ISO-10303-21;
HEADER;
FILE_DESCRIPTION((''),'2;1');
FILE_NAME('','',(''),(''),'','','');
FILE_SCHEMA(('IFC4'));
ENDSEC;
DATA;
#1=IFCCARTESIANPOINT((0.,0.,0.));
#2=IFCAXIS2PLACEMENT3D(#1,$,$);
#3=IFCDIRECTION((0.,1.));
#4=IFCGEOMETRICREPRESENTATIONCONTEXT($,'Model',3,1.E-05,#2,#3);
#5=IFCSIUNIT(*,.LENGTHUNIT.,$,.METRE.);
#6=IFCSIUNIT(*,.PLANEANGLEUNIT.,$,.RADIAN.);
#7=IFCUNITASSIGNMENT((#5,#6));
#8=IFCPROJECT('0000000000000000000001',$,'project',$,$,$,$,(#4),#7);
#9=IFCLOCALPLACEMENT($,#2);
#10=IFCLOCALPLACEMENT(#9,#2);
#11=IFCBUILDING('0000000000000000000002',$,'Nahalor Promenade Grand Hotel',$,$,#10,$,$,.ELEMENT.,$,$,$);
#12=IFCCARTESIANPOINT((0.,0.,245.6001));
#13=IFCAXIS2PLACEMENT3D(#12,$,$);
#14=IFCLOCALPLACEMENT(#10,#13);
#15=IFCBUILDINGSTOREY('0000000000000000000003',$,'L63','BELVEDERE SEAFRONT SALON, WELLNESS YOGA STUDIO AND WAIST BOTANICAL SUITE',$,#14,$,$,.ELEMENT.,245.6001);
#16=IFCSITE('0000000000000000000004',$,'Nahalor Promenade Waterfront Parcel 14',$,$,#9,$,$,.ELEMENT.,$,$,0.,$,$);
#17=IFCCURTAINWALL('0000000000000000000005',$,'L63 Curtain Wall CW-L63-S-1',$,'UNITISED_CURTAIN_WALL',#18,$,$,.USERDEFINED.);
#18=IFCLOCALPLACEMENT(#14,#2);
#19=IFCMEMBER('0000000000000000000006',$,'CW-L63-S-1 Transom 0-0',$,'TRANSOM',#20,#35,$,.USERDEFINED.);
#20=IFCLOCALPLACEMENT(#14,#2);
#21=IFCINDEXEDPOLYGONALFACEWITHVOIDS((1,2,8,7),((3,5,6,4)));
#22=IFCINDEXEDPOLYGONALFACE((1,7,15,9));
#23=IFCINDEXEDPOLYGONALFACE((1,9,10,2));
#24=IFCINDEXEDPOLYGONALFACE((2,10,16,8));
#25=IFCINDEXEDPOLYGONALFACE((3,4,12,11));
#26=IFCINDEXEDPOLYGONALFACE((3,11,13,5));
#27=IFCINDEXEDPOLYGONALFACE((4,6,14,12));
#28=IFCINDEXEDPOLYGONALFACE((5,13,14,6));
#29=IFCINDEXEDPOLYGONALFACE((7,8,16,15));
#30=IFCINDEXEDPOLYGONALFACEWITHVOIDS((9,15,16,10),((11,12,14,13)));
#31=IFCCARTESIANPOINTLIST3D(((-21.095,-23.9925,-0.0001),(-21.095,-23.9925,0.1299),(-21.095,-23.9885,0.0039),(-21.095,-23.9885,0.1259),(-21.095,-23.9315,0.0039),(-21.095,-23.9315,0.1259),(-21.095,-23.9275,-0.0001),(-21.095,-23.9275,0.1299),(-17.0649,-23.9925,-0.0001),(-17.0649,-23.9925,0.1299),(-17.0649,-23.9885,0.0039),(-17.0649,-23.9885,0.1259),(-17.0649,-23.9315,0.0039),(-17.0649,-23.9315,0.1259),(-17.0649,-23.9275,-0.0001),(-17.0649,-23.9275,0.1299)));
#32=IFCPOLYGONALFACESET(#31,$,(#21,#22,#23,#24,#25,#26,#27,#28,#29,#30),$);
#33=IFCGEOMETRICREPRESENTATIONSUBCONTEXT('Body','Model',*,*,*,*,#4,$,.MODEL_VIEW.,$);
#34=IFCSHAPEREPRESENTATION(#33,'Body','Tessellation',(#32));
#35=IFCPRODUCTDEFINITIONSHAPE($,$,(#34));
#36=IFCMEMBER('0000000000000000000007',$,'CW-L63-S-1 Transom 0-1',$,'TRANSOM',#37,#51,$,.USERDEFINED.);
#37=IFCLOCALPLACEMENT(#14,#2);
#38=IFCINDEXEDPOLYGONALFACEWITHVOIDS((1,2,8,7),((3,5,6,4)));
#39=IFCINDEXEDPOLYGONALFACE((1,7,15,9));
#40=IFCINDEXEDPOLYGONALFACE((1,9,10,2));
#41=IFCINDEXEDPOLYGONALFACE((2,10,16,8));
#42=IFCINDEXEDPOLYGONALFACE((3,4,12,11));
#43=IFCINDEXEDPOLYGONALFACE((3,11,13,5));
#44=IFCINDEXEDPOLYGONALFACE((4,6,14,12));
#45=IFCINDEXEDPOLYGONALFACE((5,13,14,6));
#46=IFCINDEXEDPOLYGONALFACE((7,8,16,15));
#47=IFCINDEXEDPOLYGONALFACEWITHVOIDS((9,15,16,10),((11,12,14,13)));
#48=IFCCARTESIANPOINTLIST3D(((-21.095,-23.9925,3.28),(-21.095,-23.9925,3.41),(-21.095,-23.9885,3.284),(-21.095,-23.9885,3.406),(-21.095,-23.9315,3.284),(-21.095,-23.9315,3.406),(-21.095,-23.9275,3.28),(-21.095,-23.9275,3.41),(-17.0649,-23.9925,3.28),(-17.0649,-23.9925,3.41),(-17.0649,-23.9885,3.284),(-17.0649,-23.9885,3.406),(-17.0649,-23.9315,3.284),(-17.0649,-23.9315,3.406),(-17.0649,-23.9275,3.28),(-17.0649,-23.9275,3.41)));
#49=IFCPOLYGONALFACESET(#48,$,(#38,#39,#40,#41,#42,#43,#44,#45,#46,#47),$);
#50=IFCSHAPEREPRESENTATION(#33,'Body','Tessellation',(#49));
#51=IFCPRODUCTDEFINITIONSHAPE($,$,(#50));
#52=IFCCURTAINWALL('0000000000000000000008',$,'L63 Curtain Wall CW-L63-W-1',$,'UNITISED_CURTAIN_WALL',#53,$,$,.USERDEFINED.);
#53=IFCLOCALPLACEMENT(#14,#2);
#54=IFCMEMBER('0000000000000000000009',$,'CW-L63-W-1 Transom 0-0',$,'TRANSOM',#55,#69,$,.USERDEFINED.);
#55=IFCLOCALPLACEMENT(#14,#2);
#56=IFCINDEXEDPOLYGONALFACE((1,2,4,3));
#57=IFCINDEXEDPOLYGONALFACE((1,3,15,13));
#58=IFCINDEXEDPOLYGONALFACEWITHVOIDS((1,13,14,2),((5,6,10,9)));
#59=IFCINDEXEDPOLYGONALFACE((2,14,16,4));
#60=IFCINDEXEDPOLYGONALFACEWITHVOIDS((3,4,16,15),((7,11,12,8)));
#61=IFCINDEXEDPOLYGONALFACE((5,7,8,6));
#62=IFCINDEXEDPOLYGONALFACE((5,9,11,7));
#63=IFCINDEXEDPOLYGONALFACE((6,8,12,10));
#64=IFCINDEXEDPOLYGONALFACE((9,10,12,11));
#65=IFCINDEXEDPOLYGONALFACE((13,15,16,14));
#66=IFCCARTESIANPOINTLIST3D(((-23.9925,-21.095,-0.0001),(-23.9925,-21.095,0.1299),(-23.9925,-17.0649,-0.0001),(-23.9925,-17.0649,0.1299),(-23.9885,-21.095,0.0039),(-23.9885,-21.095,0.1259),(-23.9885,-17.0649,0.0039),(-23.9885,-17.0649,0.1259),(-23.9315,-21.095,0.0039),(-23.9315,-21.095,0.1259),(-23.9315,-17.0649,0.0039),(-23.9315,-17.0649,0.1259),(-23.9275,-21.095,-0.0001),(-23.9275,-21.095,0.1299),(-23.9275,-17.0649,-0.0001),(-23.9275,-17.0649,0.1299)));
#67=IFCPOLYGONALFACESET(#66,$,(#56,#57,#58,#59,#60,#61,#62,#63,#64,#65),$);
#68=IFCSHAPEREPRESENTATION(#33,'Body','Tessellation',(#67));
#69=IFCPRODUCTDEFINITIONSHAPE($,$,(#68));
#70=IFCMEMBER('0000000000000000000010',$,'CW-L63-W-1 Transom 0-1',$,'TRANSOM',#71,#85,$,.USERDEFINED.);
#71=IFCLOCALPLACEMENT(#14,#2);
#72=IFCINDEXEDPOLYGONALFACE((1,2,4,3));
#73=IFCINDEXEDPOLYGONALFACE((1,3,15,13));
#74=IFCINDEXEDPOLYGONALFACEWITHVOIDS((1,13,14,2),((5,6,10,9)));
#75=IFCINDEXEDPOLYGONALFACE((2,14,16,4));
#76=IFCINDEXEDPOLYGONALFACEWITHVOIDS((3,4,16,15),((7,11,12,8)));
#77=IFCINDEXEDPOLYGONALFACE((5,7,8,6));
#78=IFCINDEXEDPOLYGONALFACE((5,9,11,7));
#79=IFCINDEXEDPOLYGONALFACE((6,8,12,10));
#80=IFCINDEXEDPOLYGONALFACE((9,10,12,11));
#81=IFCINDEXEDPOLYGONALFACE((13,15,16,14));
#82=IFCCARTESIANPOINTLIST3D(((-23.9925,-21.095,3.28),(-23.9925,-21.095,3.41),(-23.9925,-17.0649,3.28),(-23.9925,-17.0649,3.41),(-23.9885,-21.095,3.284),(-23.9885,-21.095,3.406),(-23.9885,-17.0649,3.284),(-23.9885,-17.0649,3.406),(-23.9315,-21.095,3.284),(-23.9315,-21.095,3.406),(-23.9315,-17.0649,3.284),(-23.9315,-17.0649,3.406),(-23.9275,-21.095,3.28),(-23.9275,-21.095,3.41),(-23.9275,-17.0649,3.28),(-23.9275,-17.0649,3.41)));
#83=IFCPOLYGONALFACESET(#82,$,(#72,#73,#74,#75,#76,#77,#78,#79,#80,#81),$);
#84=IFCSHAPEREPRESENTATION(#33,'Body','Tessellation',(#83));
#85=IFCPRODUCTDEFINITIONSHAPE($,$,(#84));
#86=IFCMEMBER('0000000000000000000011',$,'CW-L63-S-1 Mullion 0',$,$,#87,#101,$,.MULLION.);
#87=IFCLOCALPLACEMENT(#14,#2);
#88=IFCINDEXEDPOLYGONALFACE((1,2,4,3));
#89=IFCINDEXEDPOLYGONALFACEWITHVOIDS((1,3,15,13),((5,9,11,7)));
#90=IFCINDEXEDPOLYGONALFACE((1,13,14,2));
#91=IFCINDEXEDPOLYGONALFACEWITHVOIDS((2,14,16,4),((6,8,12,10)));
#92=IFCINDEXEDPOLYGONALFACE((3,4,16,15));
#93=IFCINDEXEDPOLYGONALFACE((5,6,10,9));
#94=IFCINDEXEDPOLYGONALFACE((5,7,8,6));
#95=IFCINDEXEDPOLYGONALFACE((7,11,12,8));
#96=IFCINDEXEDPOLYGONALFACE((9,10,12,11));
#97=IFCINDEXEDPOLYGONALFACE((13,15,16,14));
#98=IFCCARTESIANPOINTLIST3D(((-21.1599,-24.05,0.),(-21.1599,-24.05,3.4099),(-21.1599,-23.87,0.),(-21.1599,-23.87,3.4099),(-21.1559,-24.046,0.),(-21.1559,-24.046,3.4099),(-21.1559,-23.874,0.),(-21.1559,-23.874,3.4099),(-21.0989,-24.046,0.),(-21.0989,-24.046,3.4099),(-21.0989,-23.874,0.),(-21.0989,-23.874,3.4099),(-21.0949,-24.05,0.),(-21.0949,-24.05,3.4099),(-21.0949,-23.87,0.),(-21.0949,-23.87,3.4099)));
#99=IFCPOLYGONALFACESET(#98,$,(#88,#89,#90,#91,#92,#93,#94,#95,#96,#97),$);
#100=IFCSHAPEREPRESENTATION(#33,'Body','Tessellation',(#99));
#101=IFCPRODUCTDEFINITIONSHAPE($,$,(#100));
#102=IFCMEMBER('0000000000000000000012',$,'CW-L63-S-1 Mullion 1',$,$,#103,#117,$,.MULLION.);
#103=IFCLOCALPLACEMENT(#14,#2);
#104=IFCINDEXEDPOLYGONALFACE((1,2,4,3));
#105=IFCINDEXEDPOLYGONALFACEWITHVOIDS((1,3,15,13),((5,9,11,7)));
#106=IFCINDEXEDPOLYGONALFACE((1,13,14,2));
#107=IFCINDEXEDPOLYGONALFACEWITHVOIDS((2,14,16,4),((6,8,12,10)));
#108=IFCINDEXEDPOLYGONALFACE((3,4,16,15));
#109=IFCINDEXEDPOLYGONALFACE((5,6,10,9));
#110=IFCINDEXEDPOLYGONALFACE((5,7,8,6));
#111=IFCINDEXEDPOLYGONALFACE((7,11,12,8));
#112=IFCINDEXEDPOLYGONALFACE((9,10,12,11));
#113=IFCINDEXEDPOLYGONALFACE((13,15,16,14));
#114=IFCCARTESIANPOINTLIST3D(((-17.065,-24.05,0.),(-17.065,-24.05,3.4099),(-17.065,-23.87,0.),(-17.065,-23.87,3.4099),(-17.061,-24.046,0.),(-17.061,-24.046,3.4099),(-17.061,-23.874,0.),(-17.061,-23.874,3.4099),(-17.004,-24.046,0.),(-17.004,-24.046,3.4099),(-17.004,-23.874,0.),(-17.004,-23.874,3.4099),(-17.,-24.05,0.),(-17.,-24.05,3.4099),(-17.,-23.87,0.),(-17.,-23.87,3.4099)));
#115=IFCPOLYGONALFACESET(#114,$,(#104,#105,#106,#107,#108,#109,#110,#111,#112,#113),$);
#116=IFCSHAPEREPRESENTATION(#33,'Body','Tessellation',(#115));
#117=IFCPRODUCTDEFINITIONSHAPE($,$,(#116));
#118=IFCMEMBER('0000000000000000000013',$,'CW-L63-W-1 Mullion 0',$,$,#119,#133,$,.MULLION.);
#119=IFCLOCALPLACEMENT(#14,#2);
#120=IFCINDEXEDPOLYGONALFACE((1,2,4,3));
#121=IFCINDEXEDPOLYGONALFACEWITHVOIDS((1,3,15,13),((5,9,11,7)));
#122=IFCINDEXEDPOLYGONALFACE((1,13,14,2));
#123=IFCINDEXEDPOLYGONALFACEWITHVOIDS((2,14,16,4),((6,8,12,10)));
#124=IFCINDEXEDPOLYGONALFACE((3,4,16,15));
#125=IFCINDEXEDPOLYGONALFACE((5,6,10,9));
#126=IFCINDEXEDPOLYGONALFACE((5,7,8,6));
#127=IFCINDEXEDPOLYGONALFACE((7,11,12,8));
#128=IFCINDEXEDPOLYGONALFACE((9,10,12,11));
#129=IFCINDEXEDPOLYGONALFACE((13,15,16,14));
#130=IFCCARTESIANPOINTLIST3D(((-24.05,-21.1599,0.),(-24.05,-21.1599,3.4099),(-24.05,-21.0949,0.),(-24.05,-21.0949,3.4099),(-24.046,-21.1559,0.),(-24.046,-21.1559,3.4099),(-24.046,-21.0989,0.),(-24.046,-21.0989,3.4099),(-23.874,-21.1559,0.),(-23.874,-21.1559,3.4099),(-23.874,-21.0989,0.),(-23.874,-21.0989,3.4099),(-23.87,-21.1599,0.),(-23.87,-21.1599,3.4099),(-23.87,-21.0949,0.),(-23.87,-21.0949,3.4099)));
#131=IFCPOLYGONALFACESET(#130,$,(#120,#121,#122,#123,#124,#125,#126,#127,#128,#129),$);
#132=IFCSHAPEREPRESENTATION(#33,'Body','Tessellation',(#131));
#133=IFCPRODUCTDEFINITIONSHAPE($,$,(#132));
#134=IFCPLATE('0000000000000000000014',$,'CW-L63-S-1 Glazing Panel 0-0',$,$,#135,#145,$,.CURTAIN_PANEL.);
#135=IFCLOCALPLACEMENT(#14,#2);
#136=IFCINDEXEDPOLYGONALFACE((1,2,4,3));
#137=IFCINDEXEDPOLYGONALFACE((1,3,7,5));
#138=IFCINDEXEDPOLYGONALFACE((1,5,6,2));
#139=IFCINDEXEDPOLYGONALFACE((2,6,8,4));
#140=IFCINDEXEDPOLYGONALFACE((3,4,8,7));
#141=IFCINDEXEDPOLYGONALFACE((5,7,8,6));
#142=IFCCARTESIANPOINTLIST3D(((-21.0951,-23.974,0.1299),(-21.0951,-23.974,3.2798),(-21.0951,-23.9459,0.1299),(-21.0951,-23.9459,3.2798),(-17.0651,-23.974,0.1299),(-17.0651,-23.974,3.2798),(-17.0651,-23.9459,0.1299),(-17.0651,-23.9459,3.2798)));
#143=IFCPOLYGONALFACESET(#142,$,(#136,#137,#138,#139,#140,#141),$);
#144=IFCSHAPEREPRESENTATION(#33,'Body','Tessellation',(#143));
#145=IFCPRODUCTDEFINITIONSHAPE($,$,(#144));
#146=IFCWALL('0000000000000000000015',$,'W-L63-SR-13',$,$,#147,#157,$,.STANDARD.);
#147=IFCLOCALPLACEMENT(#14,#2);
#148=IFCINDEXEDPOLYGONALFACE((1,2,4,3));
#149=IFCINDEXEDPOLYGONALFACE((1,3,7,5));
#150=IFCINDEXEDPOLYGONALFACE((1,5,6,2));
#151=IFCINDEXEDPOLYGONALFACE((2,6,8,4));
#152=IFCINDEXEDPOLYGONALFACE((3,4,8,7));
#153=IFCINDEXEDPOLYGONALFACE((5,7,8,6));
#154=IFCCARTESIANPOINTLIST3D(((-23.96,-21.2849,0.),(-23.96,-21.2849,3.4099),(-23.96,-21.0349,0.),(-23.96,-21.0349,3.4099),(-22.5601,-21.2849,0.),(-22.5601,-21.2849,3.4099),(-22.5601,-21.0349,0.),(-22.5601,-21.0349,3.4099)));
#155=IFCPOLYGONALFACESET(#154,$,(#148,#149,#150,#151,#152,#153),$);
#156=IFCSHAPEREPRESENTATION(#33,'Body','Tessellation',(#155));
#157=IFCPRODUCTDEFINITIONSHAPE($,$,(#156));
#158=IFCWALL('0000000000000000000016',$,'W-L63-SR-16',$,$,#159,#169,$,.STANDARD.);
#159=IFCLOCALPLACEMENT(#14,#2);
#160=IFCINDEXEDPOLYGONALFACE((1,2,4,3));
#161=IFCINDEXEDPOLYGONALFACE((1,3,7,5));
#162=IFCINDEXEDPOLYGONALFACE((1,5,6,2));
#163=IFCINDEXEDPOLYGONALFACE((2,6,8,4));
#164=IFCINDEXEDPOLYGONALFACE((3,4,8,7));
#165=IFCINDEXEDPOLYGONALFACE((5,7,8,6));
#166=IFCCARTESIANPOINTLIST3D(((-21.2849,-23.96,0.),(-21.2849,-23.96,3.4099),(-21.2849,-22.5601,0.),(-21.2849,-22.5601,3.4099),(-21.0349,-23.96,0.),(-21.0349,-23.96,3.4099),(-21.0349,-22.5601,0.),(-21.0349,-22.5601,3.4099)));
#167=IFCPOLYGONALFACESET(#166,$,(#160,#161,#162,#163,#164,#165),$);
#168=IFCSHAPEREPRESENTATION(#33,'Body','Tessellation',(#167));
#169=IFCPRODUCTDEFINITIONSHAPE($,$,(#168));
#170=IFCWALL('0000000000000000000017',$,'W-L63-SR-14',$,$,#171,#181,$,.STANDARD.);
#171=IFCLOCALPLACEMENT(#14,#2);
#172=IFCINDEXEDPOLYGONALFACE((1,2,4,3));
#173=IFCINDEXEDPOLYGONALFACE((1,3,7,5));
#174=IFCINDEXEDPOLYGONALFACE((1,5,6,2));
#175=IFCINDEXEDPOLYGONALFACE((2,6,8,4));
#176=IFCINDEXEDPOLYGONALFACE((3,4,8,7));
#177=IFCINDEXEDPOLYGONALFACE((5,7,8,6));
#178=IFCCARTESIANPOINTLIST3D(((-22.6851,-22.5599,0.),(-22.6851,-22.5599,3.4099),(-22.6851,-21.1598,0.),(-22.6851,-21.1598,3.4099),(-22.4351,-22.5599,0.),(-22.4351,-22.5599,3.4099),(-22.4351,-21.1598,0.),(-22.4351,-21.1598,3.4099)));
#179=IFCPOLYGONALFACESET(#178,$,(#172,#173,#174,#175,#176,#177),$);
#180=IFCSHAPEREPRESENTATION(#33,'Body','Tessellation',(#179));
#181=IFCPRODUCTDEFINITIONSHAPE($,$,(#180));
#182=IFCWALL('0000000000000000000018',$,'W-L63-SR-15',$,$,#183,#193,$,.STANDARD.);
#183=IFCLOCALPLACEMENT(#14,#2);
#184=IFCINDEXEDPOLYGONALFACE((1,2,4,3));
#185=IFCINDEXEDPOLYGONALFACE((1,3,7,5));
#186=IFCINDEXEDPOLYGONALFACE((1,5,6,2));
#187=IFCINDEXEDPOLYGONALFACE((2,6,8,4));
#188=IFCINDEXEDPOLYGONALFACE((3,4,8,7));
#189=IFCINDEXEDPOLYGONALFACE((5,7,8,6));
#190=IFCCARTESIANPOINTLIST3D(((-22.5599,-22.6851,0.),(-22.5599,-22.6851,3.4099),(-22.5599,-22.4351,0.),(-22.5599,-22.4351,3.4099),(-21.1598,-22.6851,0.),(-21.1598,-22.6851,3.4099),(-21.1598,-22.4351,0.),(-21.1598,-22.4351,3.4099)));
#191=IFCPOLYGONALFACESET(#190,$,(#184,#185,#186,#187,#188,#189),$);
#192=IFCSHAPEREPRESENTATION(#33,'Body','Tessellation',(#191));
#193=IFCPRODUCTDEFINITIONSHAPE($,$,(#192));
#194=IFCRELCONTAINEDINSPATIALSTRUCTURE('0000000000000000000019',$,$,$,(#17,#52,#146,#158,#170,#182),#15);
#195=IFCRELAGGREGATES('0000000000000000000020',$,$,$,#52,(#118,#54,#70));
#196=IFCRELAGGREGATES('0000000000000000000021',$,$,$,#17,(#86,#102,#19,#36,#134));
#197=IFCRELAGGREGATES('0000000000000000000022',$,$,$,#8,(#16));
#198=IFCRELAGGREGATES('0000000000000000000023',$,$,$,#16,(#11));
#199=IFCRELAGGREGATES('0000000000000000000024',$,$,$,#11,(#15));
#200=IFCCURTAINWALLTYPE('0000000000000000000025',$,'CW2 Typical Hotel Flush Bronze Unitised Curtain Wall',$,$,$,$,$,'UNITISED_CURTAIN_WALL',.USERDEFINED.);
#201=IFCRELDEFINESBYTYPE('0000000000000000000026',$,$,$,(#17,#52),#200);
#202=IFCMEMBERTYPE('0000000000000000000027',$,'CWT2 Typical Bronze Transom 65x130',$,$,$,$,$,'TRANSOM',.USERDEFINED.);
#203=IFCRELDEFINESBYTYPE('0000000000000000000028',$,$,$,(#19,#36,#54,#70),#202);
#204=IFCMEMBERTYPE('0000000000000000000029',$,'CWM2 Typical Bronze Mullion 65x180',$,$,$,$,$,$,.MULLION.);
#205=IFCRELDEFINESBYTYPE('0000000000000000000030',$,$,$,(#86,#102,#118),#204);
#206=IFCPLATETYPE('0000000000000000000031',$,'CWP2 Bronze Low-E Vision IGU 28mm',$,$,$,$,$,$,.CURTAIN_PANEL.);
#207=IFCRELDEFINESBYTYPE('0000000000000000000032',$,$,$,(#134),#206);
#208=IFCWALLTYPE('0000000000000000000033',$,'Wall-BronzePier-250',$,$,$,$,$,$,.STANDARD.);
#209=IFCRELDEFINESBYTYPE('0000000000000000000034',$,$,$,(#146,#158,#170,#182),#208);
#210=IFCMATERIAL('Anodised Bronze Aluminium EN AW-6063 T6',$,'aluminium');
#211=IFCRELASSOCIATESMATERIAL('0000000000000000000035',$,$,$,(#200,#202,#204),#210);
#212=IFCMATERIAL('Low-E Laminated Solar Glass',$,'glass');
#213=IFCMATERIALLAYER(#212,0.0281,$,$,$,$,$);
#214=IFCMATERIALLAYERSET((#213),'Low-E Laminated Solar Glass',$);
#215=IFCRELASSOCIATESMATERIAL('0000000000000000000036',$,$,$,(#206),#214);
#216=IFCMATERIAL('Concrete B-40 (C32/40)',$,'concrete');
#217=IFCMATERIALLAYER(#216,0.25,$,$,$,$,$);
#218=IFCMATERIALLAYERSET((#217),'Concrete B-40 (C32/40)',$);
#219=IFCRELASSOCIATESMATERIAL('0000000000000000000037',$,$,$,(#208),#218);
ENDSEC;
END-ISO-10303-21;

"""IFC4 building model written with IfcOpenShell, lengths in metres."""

from ifc_helpers import new_model, si_unit, direction, frame, frame_2d, origin, origin_2d, place, context, subcontext, project, spatial, rectangle, hollow_rectangle, extrude, source, transform, mapped, material, layer, layer_set, material_profile, profile_set, type_object, element, aggregate, save


model = new_model("IFC4")

# Units and contexts
model_context = context("Model", 3, precision=1e-05, world=origin(), true_north=direction((0.0, 1.0)))
body_context = subcontext(model_context, "Body", "Model", "MODEL_VIEW")
ifc_project = project(units=[si_unit("LENGTHUNIT", "METRE"), si_unit("PLANEANGLEUNIT", "RADIAN")], contexts=[model_context])

# Site, building, storey
site_placement = place(None, origin())
site = spatial("IfcSite", under=ifc_project, at=site_placement, Name="Nahalor Promenade Waterfront Parcel 14", CompositionType="ELEMENT", RefElevation=0.0)
building_placement = place(site_placement, origin())
building = spatial("IfcBuilding", under=site, at=building_placement, Name="Nahalor Promenade Grand Hotel", CompositionType="ELEMENT")
storey_placement = place(building_placement, frame((0.0, 0.0, 245.6001)))
storey = spatial("IfcBuildingStorey", under=building, at=storey_placement, Name="L63", Description="BELVEDERE SEAFRONT SALON, WELLNESS YOGA STUDIO AND WAIST BOTANICAL SUITE", CompositionType="ELEMENT", Elevation=245.6001)

# Curtain walls, members
ifc_material_1 = material(Name="Anodised Bronze Aluminium EN AW-6063 T6", Category="aluminium")
curtain_wall_type = type_object("IfcCurtainWallType", Name="CW2 Typical Hotel Flush Bronze Unitised Curtain Wall", ElementType="UNITISED_CURTAIN_WALL", PredefinedType="USERDEFINED", material=ifc_material_1)
curtain_wall_1_placement = place(storey_placement, origin())
curtain_wall_1 = element("IfcCurtainWall", 1, at=curtain_wall_1_placement, inside=storey, type_object=curtain_wall_type, Name="L63 Curtain Wall CW-L63-S-1", ObjectType="UNITISED_CURTAIN_WALL", PredefinedType="USERDEFINED")
ifc_material_profile_1 = material_profile(ifc_material_1, hollow_rectangle(XDim=0.065, YDim=0.13, WallThickness=0.004, at=origin_2d()), Name="CWT 65x130x4")
ifc_profile_set_1 = profile_set([ifc_material_profile_1], Name="Anodised Bronze Aluminium EN AW-6063 T6")
member_type_1 = type_object("IfcMemberType", Name="CWT2 Typical Bronze Transom 65x130", ElementType="TRANSOM", PredefinedType="USERDEFINED", material=ifc_profile_set_1)
shared_shape_1 = source(origin(), body_context, "Body", "SweptSolid", [
    extrude(hollow_rectangle(XDim=0.065, YDim=0.13, WallThickness=0.004, at=origin_2d()), origin(), (0.0, 0.0, 1.0), 4.03),
])
member_1_placement = place(storey_placement, frame((-21.095, -23.96, 0.0649), z_axis=(1.0, 0.0, 0.0), x_axis=(0.0, 1.0, 0.0)))
member_1 = element("IfcMember", 2, at=member_1_placement, type_object=member_type_1, Name="CW-L63-S-1 Transom 0-0", ObjectType="TRANSOM", PredefinedType="USERDEFINED", context=body_context, shape_type="MappedRepresentation", body=[
    mapped(shared_shape_1, transform((0.0, 0.0, 0.0), scale=1.0)),
])
member_2_placement = place(storey_placement, frame((-21.095, -23.96, 3.345), z_axis=(1.0, 0.0, 0.0), x_axis=(0.0, 1.0, 0.0)))
member_2 = element("IfcMember", 3, at=member_2_placement, type_object=member_type_1, Name="CW-L63-S-1 Transom 0-1", ObjectType="TRANSOM", PredefinedType="USERDEFINED", context=body_context, shape_type="MappedRepresentation", body=[
    mapped(shared_shape_1, transform((0.0, 0.0, 0.0), scale=1.0)),
])
curtain_wall_2_placement = place(storey_placement, origin())
curtain_wall_2 = element("IfcCurtainWall", 4, at=curtain_wall_2_placement, inside=storey, type_object=curtain_wall_type, Name="L63 Curtain Wall CW-L63-W-1", ObjectType="UNITISED_CURTAIN_WALL", PredefinedType="USERDEFINED")
member_3_placement = place(storey_placement, frame((-23.96, -21.095, 0.0649), z_axis=(0.0, 1.0, 0.0), x_axis=(-1.0, 0.0, 0.0)))
member_3 = element("IfcMember", 5, at=member_3_placement, type_object=member_type_1, Name="CW-L63-W-1 Transom 0-0", ObjectType="TRANSOM", PredefinedType="USERDEFINED", context=body_context, shape_type="MappedRepresentation", body=[
    mapped(shared_shape_1, transform((0.0, 0.0, 0.0), scale=1.0)),
])
member_4_placement = place(storey_placement, frame((-23.96, -21.095, 3.345), z_axis=(0.0, 1.0, 0.0), x_axis=(-1.0, 0.0, 0.0)))
member_4 = element("IfcMember", 6, at=member_4_placement, type_object=member_type_1, Name="CW-L63-W-1 Transom 0-1", ObjectType="TRANSOM", PredefinedType="USERDEFINED", context=body_context, shape_type="MappedRepresentation", body=[
    mapped(shared_shape_1, transform((0.0, 0.0, 0.0), scale=1.0)),
])

# Members
ifc_material_profile_2 = material_profile(ifc_material_1, hollow_rectangle(XDim=0.065, YDim=0.18, WallThickness=0.004, at=origin_2d()), Name="CWM 65x180x4")
ifc_profile_set_2 = profile_set([ifc_material_profile_2], Name="Anodised Bronze Aluminium EN AW-6063 T6")
member_type_2 = type_object("IfcMemberType", Name="CWM2 Typical Bronze Mullion 65x180", PredefinedType="MULLION", material=ifc_profile_set_2)
shared_shape_2 = source(origin(), body_context, "Body", "SweptSolid", [
    extrude(hollow_rectangle(XDim=0.065, YDim=0.18, WallThickness=0.004, at=origin_2d()), origin(), (0.0, 0.0, 1.0), 3.4099),
])
member_5_placement = place(storey_placement, frame((-21.1274, -23.96, 0.0), z_axis=(0.0, 0.0, 1.0), x_axis=(1.0, 0.0, 0.0)))
member_5 = element("IfcMember", 7, at=member_5_placement, type_object=member_type_2, Name="CW-L63-S-1 Mullion 0", PredefinedType="MULLION", context=body_context, shape_type="MappedRepresentation", body=[
    mapped(shared_shape_2, transform((0.0, 0.0, 0.0), scale=1.0)),
])
member_6_placement = place(storey_placement, frame((-17.0325, -23.96, 0.0), z_axis=(0.0, 0.0, 1.0), x_axis=(1.0, 0.0, 0.0)))
member_6 = element("IfcMember", 8, at=member_6_placement, type_object=member_type_2, Name="CW-L63-S-1 Mullion 1", PredefinedType="MULLION", context=body_context, shape_type="MappedRepresentation", body=[
    mapped(shared_shape_2, transform((0.0, 0.0, 0.0), scale=1.0)),
])
member_7_placement = place(storey_placement, frame((-23.96, -21.1274, 0.0), z_axis=(0.0, 0.0, 1.0), x_axis=(0.0, 1.0, 0.0)))
member_7 = element("IfcMember", 9, at=member_7_placement, type_object=member_type_2, Name="CW-L63-W-1 Mullion 0", PredefinedType="MULLION", context=body_context, shape_type="MappedRepresentation", body=[
    mapped(shared_shape_2, transform((0.0, 0.0, 0.0), scale=1.0)),
])
aggregate(curtain_wall_2, [member_7, member_3, member_4])

# Plate
ifc_material_2 = material(Name="Low-E Laminated Solar Glass", Category="glass")
ifc_layer_1 = layer(ifc_material_2, 0.0281)
ifc_layer_set_1 = layer_set([ifc_layer_1], Name="Low-E Laminated Solar Glass")
plate_type = type_object("IfcPlateType", Name="CWP2 Bronze Low-E Vision IGU 28mm", PredefinedType="CURTAIN_PANEL", material=ifc_layer_set_1)
shared_shape_3 = source(origin(), body_context, "Body", "SweptSolid", [
    extrude(rectangle(XDim=4.03, YDim=0.0281, at=origin_2d()), origin(), (0.0, 0.0, 1.0), 3.1499),
])
plate_placement = place(storey_placement, frame((-19.0801, -23.96, 0.1299), z_axis=(0.0, 0.0, 1.0), x_axis=(1.0, 0.0, 0.0)))
plate = element("IfcPlate", 10, at=plate_placement, type_object=plate_type, Name="CW-L63-S-1 Glazing Panel 0-0", PredefinedType="CURTAIN_PANEL", context=body_context, shape_type="MappedRepresentation", body=[
    mapped(shared_shape_3, transform((0.0, 0.0, 0.0), scale=1.0)),
])
aggregate(curtain_wall_1, [member_5, member_6, member_1, member_2, plate])

# Walls
ifc_material_3 = material(Name="Concrete B-40 (C32/40)", Category="concrete")
ifc_layer_2 = layer(ifc_material_3, 0.25)
ifc_layer_set_2 = layer_set([ifc_layer_2], Name="Concrete B-40 (C32/40)")
wall_type_1 = type_object("IfcWallType", Name="Wall-BronzePier-250", PredefinedType="STANDARD", material=ifc_layer_set_2)
shared_shape_4 = source(origin(), body_context, "Body", "SweptSolid", [
    extrude(rectangle(XDim=1.3999, YDim=0.25, at=frame_2d((0.7, 0.0))), origin(), (0.0, 0.0, 1.0), 3.4099),
])
for number, where, z_axis, x_axis, name in (
    (11, (-23.96, -21.1599, 0.0), (0.0, 0.0, 1.0), (1.0, 0.0, 0.0), "W-L63-SR-13"),
    (12, (-21.1599, -23.96, 0.0), (0.0, 0.0, 1.0), (0.0, 1.0, 0.0), "W-L63-SR-16"),
):
    element("IfcWall", number, at=place(storey_placement, frame(where, z_axis=z_axis, x_axis=x_axis)), inside=storey, type_object=wall_type_1, Name=name, PredefinedType="STANDARD", context=body_context, shape_type="MappedRepresentation", body=[
        mapped(shared_shape_4, transform((0.0, 0.0, 0.0), scale=1.0)),
    ])
shared_shape_5 = source(origin(), body_context, "Body", "SweptSolid", [
    extrude(rectangle(XDim=1.4001, YDim=0.25, at=frame_2d((0.7002, 0.0))), origin(), (0.0, 0.0, 1.0), 3.4099),
])
for number, where, z_axis, x_axis, name in (
    (13, (-22.5601, -22.5601, 0.0), (0.0, 0.0, 1.0), (0.0, 1.0, 0.0), "W-L63-SR-14"),
    (14, (-22.5601, -22.5601, 0.0), (0.0, 0.0, 1.0), (1.0, 0.0, 0.0), "W-L63-SR-15"),
):
    element("IfcWall", number, at=place(storey_placement, frame(where, z_axis=z_axis, x_axis=x_axis)), inside=storey, type_object=wall_type_1, Name=name, PredefinedType="STANDARD", context=body_context, shape_type="MappedRepresentation", body=[
        mapped(shared_shape_5, transform((0.0, 0.0, 0.0), scale=1.0)),
    ])

save(model, "model.ifc")
